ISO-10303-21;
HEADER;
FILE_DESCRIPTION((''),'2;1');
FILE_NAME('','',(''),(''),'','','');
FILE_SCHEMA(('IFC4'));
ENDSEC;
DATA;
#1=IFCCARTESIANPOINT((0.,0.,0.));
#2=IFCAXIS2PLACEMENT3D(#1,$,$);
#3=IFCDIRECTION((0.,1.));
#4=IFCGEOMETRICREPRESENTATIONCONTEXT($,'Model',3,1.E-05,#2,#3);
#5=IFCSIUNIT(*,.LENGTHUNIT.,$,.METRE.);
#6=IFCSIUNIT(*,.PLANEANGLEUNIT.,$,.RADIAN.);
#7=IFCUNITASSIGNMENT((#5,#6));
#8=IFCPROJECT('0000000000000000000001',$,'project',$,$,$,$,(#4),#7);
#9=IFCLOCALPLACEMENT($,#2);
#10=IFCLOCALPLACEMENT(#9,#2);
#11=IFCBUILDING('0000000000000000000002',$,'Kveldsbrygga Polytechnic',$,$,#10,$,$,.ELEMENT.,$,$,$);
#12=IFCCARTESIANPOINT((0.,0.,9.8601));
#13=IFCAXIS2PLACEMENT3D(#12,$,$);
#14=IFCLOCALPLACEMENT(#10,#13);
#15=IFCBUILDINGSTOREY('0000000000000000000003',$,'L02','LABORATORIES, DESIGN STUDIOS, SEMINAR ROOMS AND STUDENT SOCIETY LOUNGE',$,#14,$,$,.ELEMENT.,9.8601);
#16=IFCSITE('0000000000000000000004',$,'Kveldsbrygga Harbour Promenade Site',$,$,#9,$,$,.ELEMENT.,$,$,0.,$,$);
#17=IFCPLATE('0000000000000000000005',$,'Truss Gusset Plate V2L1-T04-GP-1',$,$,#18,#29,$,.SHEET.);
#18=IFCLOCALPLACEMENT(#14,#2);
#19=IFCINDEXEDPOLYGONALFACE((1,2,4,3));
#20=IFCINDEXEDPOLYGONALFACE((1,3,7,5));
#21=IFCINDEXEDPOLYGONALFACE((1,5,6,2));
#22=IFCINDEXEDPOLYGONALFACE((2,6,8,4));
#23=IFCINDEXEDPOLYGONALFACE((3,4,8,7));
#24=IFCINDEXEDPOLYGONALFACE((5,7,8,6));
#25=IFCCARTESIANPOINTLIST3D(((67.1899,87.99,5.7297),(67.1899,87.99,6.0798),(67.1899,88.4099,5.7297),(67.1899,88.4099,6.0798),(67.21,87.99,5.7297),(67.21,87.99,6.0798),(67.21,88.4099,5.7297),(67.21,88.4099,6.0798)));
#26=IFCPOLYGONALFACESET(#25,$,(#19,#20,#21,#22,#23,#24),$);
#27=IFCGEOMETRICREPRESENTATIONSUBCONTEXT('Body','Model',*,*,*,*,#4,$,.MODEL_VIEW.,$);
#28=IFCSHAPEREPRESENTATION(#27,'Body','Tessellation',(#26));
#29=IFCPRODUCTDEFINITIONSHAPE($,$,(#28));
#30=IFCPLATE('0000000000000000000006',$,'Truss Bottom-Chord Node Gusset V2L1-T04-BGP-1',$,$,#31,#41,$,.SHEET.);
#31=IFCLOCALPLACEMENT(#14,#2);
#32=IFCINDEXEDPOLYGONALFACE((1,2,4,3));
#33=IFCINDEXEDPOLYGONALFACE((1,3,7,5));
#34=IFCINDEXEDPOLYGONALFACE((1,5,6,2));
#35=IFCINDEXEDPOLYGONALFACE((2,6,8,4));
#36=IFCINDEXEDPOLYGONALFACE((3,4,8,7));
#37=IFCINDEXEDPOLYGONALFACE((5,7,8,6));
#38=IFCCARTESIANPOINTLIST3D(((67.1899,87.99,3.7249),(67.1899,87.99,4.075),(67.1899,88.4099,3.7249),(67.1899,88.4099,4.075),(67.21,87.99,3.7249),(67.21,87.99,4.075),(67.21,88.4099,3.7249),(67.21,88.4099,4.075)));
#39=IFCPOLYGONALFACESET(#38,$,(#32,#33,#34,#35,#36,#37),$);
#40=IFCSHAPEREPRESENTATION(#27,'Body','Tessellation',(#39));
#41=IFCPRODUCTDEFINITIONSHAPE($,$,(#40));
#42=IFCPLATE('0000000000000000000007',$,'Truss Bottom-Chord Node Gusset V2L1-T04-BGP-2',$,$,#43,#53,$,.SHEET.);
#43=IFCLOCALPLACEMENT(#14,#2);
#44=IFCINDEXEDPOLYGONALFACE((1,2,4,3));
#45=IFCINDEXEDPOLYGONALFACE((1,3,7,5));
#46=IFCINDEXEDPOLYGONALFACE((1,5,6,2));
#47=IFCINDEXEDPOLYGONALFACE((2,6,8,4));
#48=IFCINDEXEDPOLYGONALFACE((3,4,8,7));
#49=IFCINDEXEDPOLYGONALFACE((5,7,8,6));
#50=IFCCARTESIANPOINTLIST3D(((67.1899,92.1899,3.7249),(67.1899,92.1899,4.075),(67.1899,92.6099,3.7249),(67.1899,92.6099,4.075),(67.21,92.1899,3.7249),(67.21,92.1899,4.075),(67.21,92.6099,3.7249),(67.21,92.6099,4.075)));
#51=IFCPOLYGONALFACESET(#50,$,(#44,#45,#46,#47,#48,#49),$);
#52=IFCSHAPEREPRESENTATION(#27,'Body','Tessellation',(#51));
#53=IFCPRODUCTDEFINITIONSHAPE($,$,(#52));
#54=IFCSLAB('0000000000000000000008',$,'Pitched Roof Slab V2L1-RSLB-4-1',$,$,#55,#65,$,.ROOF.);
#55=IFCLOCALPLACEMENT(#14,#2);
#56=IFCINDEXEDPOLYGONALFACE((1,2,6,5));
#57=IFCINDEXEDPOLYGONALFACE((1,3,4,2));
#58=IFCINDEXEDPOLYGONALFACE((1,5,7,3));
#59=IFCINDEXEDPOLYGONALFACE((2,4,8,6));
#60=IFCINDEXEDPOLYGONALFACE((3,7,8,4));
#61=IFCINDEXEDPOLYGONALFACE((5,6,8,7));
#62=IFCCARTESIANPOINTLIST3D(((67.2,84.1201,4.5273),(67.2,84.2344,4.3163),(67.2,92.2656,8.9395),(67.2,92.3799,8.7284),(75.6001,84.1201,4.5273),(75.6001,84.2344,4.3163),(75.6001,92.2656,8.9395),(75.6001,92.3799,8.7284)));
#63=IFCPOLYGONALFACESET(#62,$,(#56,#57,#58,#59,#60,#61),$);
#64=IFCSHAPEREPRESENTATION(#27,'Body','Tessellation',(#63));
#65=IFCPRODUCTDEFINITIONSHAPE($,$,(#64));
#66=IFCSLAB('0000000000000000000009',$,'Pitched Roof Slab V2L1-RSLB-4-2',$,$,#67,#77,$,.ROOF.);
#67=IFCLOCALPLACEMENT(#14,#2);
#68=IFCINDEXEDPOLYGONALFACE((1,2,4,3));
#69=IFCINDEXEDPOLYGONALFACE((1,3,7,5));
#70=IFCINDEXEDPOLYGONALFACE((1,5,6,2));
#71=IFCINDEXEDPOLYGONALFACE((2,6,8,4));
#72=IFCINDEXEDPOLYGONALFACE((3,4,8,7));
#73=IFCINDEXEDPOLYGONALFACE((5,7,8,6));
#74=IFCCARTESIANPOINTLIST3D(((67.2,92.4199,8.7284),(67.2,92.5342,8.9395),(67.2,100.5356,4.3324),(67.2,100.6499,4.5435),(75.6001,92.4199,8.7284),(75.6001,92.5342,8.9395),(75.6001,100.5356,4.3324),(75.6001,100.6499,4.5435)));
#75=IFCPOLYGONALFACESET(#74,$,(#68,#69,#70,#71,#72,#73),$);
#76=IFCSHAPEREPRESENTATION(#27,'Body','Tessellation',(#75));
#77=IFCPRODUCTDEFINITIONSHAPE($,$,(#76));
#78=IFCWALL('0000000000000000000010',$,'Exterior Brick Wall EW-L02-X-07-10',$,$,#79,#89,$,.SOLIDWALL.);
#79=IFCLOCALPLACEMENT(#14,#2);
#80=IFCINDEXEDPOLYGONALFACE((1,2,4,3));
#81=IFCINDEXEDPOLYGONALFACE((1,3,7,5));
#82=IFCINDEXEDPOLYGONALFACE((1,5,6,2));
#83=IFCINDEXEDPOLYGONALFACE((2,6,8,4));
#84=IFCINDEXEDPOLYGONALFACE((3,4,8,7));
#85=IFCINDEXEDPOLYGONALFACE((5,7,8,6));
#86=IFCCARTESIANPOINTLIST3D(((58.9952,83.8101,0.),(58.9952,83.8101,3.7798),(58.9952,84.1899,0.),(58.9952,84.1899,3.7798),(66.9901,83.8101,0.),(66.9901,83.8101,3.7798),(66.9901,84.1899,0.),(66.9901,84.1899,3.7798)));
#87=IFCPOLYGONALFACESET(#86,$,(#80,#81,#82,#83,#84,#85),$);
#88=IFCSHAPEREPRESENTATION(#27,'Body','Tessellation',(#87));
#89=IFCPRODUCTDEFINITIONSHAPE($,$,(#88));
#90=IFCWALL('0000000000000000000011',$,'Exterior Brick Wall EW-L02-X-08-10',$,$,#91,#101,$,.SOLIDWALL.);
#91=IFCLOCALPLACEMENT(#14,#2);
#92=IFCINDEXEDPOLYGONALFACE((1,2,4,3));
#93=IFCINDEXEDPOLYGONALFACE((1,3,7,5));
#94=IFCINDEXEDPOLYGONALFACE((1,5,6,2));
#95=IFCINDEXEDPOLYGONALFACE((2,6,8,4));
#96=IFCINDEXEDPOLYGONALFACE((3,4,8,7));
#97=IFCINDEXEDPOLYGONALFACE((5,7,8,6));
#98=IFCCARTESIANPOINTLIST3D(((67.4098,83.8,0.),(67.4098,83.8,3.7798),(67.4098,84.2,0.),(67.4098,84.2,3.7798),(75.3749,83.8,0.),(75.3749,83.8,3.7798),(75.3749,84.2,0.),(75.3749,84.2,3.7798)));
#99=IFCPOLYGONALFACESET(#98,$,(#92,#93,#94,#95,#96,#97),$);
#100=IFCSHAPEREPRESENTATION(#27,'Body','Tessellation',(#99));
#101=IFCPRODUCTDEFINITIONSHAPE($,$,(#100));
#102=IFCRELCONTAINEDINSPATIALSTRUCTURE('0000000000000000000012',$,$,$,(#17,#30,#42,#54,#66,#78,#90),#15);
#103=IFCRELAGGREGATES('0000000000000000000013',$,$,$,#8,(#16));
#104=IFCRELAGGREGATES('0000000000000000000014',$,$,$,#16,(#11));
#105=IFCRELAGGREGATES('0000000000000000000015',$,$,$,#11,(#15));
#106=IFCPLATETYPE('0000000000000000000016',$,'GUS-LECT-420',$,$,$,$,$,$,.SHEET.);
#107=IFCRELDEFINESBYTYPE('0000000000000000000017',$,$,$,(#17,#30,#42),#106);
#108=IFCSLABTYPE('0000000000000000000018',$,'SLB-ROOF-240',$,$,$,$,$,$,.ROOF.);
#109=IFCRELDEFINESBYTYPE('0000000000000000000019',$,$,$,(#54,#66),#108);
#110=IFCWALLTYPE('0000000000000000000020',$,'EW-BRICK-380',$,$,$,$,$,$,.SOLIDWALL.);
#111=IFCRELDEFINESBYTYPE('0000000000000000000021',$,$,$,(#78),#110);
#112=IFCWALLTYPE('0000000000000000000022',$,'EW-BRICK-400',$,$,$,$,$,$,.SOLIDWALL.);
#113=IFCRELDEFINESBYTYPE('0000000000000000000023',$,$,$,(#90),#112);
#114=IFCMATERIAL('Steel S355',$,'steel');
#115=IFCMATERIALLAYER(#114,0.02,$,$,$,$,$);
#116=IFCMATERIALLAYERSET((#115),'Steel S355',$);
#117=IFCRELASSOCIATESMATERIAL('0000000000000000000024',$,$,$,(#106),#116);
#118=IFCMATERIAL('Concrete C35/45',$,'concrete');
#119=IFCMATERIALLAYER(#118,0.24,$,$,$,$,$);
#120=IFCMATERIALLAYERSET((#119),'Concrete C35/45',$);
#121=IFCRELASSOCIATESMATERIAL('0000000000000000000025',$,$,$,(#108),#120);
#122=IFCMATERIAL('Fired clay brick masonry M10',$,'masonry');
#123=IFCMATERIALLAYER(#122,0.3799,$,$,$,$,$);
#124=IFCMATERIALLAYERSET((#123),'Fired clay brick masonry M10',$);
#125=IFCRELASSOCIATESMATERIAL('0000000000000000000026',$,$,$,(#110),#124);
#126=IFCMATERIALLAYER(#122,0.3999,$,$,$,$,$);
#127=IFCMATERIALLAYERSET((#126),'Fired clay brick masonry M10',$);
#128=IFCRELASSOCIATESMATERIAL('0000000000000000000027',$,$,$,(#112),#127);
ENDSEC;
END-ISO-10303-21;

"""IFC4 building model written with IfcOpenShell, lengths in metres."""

from ifc_helpers import new_model, si_unit, direction, frame, frame_2d, origin, origin_2d, place, context, subcontext, project, spatial, polyline, rectangle, outline, extrude, material, layer, layer_set, type_object, element, save


model = new_model("IFC4")

# Units and contexts
model_context = context("Model", 3, precision=1e-05, world=origin(), true_north=direction((0.0, 1.0)))
body_context = subcontext(model_context, "Body", "Model", "MODEL_VIEW")
ifc_project = project(units=[si_unit("LENGTHUNIT", "METRE"), si_unit("PLANEANGLEUNIT", "RADIAN")], contexts=[model_context])

# Site, building, storey
site_placement = place(None, origin())
site = spatial("IfcSite", under=ifc_project, at=site_placement, Name="Kveldsbrygga Harbour Promenade Site", CompositionType="ELEMENT", RefElevation=0.0)
building_placement = place(site_placement, origin())
building = spatial("IfcBuilding", under=site, at=building_placement, Name="Kveldsbrygga Polytechnic", CompositionType="ELEMENT")
storey_placement = place(building_placement, frame((0.0, 0.0, 9.8601)))
storey = spatial("IfcBuildingStorey", under=building, at=storey_placement, Name="L02", Description="LABORATORIES, DESIGN STUDIOS, SEMINAR ROOMS AND STUDENT SOCIETY LOUNGE", CompositionType="ELEMENT", Elevation=9.8601)

# Shared definitions
ifc_material_1 = material(Name="Steel S355", Category="steel")

# Plates
ifc_layer_1 = layer(ifc_material_1, 0.02)
ifc_layer_set_1 = layer_set([ifc_layer_1], Name="Steel S355")
plate_type_1 = type_object("IfcPlateType", Name="GUS-LECT-420", PredefinedType="SHEET", material=ifc_layer_set_1)
for number, where, z_axis, x_axis, name in (
    (1, (67.2, 88.2, 5.7297), (0.0, 0.0, 1.0), (1.0, 0.0, 0.0), "Truss Gusset Plate V2L1-T04-GP-1"),
    (2, (67.2, 88.2, 3.7249), (0.0, 0.0, 1.0), (1.0, 0.0, 0.0), "Truss Bottom-Chord Node Gusset V2L1-T04-BGP-1"),
    (3, (67.2, 92.3999, 3.7249), (0.0, 0.0, 1.0), (1.0, 0.0, 0.0), "Truss Bottom-Chord Node Gusset V2L1-T04-BGP-2"),
):
    element("IfcPlate", number, at=place(storey_placement, frame(where, z_axis=z_axis, x_axis=x_axis)), inside=storey, type_object=plate_type_1, Name=name, PredefinedType="SHEET", context=body_context, shape_type="SweptSolid", body=[
        extrude(rectangle(XDim=0.02, YDim=0.4199, at=origin_2d()), origin(), (0.0, 0.0, 1.0), 0.3501),
    ])

# Slabs
ifc_material_2 = material(Name="Concrete C35/45", Category="concrete")
ifc_layer_2 = layer(ifc_material_2, 0.24)
ifc_layer_set_2 = layer_set([ifc_layer_2], Name="Concrete C35/45")
slab_type = type_object("IfcSlabType", Name="SLB-ROOF-240", PredefinedType="ROOF", material=ifc_layer_set_2)
slab_1_placement = place(storey_placement, frame((67.2, 84.1201, 4.5273), z_axis=(0.0, -0.47628, 0.879294), x_axis=(1.0, 0.0, 0.0)))
element("IfcSlab", 4, at=slab_1_placement, inside=storey, type_object=slab_type, Name="Pitched Roof Slab V2L1-RSLB-4-1", PredefinedType="ROOF", context=body_context, shape_type="SweptSolid", body=[
    extrude(outline(polyline([(0.0, 0.0), (8.4001, 0.0), (8.4001, 9.2637), (0.0, 9.2637), (0.0, 0.0)])), origin(), (0.0, 0.0, -1.0), 0.24),
])
slab_2_placement = place(storey_placement, frame((67.2, 92.5342, 8.9395), z_axis=(0.0, 0.476281, 0.879293), x_axis=(1.0, 0.0, 0.0)))
element("IfcSlab", 5, at=slab_2_placement, inside=storey, type_object=slab_type, Name="Pitched Roof Slab V2L1-RSLB-4-2", PredefinedType="ROOF", context=body_context, shape_type="SweptSolid", body=[
    extrude(outline(polyline([(0.0, 0.0), (8.4001, 0.0), (8.4001, 9.2298), (0.0, 9.2298), (0.0, 0.0)])), origin(), (0.0, 0.0, -1.0), 0.24),
])

# Walls
ifc_material_3 = material(Name="Fired clay brick masonry M10", Category="masonry")
ifc_layer_3 = layer(ifc_material_3, 0.3799)
ifc_layer_set_3 = layer_set([ifc_layer_3], Name="Fired clay brick masonry M10")
wall_type_1 = type_object("IfcWallType", Name="EW-BRICK-380", PredefinedType="SOLIDWALL", material=ifc_layer_set_3)
wall_1_placement = place(storey_placement, frame((58.9951, 84.0, 0.0), z_axis=(0.0, 0.0, 1.0), x_axis=(1.0, 0.0, 0.0)))
element("IfcWall", 6, at=wall_1_placement, inside=storey, type_object=wall_type_1, Name="Exterior Brick Wall EW-L02-X-07-10", PredefinedType="SOLIDWALL", context=body_context, shape_type="SweptSolid", body=[
    extrude(rectangle(XDim=7.9949, YDim=0.3799, at=frame_2d((3.9976, 0.0))), origin(), (0.0, 0.0, 1.0), 3.7798),
])
ifc_layer_4 = layer(ifc_material_3, 0.3999)
ifc_layer_set_4 = layer_set([ifc_layer_4], Name="Fired clay brick masonry M10")
wall_type_2 = type_object("IfcWallType", Name="EW-BRICK-400", PredefinedType="SOLIDWALL", material=ifc_layer_set_4)
wall_2_placement = place(storey_placement, frame((67.4099, 84.0, 0.0), z_axis=(0.0, 0.0, 1.0), x_axis=(1.0, 0.0, 0.0)))
element("IfcWall", 7, at=wall_2_placement, inside=storey, type_object=wall_type_2, Name="Exterior Brick Wall EW-L02-X-08-10", PredefinedType="SOLIDWALL", context=body_context, shape_type="SweptSolid", body=[
    extrude(rectangle(XDim=7.9651, YDim=0.3999, at=frame_2d((3.9824, 0.0))), origin(), (0.0, 0.0, 1.0), 3.7798),
])

save(model, "model.ifc")
